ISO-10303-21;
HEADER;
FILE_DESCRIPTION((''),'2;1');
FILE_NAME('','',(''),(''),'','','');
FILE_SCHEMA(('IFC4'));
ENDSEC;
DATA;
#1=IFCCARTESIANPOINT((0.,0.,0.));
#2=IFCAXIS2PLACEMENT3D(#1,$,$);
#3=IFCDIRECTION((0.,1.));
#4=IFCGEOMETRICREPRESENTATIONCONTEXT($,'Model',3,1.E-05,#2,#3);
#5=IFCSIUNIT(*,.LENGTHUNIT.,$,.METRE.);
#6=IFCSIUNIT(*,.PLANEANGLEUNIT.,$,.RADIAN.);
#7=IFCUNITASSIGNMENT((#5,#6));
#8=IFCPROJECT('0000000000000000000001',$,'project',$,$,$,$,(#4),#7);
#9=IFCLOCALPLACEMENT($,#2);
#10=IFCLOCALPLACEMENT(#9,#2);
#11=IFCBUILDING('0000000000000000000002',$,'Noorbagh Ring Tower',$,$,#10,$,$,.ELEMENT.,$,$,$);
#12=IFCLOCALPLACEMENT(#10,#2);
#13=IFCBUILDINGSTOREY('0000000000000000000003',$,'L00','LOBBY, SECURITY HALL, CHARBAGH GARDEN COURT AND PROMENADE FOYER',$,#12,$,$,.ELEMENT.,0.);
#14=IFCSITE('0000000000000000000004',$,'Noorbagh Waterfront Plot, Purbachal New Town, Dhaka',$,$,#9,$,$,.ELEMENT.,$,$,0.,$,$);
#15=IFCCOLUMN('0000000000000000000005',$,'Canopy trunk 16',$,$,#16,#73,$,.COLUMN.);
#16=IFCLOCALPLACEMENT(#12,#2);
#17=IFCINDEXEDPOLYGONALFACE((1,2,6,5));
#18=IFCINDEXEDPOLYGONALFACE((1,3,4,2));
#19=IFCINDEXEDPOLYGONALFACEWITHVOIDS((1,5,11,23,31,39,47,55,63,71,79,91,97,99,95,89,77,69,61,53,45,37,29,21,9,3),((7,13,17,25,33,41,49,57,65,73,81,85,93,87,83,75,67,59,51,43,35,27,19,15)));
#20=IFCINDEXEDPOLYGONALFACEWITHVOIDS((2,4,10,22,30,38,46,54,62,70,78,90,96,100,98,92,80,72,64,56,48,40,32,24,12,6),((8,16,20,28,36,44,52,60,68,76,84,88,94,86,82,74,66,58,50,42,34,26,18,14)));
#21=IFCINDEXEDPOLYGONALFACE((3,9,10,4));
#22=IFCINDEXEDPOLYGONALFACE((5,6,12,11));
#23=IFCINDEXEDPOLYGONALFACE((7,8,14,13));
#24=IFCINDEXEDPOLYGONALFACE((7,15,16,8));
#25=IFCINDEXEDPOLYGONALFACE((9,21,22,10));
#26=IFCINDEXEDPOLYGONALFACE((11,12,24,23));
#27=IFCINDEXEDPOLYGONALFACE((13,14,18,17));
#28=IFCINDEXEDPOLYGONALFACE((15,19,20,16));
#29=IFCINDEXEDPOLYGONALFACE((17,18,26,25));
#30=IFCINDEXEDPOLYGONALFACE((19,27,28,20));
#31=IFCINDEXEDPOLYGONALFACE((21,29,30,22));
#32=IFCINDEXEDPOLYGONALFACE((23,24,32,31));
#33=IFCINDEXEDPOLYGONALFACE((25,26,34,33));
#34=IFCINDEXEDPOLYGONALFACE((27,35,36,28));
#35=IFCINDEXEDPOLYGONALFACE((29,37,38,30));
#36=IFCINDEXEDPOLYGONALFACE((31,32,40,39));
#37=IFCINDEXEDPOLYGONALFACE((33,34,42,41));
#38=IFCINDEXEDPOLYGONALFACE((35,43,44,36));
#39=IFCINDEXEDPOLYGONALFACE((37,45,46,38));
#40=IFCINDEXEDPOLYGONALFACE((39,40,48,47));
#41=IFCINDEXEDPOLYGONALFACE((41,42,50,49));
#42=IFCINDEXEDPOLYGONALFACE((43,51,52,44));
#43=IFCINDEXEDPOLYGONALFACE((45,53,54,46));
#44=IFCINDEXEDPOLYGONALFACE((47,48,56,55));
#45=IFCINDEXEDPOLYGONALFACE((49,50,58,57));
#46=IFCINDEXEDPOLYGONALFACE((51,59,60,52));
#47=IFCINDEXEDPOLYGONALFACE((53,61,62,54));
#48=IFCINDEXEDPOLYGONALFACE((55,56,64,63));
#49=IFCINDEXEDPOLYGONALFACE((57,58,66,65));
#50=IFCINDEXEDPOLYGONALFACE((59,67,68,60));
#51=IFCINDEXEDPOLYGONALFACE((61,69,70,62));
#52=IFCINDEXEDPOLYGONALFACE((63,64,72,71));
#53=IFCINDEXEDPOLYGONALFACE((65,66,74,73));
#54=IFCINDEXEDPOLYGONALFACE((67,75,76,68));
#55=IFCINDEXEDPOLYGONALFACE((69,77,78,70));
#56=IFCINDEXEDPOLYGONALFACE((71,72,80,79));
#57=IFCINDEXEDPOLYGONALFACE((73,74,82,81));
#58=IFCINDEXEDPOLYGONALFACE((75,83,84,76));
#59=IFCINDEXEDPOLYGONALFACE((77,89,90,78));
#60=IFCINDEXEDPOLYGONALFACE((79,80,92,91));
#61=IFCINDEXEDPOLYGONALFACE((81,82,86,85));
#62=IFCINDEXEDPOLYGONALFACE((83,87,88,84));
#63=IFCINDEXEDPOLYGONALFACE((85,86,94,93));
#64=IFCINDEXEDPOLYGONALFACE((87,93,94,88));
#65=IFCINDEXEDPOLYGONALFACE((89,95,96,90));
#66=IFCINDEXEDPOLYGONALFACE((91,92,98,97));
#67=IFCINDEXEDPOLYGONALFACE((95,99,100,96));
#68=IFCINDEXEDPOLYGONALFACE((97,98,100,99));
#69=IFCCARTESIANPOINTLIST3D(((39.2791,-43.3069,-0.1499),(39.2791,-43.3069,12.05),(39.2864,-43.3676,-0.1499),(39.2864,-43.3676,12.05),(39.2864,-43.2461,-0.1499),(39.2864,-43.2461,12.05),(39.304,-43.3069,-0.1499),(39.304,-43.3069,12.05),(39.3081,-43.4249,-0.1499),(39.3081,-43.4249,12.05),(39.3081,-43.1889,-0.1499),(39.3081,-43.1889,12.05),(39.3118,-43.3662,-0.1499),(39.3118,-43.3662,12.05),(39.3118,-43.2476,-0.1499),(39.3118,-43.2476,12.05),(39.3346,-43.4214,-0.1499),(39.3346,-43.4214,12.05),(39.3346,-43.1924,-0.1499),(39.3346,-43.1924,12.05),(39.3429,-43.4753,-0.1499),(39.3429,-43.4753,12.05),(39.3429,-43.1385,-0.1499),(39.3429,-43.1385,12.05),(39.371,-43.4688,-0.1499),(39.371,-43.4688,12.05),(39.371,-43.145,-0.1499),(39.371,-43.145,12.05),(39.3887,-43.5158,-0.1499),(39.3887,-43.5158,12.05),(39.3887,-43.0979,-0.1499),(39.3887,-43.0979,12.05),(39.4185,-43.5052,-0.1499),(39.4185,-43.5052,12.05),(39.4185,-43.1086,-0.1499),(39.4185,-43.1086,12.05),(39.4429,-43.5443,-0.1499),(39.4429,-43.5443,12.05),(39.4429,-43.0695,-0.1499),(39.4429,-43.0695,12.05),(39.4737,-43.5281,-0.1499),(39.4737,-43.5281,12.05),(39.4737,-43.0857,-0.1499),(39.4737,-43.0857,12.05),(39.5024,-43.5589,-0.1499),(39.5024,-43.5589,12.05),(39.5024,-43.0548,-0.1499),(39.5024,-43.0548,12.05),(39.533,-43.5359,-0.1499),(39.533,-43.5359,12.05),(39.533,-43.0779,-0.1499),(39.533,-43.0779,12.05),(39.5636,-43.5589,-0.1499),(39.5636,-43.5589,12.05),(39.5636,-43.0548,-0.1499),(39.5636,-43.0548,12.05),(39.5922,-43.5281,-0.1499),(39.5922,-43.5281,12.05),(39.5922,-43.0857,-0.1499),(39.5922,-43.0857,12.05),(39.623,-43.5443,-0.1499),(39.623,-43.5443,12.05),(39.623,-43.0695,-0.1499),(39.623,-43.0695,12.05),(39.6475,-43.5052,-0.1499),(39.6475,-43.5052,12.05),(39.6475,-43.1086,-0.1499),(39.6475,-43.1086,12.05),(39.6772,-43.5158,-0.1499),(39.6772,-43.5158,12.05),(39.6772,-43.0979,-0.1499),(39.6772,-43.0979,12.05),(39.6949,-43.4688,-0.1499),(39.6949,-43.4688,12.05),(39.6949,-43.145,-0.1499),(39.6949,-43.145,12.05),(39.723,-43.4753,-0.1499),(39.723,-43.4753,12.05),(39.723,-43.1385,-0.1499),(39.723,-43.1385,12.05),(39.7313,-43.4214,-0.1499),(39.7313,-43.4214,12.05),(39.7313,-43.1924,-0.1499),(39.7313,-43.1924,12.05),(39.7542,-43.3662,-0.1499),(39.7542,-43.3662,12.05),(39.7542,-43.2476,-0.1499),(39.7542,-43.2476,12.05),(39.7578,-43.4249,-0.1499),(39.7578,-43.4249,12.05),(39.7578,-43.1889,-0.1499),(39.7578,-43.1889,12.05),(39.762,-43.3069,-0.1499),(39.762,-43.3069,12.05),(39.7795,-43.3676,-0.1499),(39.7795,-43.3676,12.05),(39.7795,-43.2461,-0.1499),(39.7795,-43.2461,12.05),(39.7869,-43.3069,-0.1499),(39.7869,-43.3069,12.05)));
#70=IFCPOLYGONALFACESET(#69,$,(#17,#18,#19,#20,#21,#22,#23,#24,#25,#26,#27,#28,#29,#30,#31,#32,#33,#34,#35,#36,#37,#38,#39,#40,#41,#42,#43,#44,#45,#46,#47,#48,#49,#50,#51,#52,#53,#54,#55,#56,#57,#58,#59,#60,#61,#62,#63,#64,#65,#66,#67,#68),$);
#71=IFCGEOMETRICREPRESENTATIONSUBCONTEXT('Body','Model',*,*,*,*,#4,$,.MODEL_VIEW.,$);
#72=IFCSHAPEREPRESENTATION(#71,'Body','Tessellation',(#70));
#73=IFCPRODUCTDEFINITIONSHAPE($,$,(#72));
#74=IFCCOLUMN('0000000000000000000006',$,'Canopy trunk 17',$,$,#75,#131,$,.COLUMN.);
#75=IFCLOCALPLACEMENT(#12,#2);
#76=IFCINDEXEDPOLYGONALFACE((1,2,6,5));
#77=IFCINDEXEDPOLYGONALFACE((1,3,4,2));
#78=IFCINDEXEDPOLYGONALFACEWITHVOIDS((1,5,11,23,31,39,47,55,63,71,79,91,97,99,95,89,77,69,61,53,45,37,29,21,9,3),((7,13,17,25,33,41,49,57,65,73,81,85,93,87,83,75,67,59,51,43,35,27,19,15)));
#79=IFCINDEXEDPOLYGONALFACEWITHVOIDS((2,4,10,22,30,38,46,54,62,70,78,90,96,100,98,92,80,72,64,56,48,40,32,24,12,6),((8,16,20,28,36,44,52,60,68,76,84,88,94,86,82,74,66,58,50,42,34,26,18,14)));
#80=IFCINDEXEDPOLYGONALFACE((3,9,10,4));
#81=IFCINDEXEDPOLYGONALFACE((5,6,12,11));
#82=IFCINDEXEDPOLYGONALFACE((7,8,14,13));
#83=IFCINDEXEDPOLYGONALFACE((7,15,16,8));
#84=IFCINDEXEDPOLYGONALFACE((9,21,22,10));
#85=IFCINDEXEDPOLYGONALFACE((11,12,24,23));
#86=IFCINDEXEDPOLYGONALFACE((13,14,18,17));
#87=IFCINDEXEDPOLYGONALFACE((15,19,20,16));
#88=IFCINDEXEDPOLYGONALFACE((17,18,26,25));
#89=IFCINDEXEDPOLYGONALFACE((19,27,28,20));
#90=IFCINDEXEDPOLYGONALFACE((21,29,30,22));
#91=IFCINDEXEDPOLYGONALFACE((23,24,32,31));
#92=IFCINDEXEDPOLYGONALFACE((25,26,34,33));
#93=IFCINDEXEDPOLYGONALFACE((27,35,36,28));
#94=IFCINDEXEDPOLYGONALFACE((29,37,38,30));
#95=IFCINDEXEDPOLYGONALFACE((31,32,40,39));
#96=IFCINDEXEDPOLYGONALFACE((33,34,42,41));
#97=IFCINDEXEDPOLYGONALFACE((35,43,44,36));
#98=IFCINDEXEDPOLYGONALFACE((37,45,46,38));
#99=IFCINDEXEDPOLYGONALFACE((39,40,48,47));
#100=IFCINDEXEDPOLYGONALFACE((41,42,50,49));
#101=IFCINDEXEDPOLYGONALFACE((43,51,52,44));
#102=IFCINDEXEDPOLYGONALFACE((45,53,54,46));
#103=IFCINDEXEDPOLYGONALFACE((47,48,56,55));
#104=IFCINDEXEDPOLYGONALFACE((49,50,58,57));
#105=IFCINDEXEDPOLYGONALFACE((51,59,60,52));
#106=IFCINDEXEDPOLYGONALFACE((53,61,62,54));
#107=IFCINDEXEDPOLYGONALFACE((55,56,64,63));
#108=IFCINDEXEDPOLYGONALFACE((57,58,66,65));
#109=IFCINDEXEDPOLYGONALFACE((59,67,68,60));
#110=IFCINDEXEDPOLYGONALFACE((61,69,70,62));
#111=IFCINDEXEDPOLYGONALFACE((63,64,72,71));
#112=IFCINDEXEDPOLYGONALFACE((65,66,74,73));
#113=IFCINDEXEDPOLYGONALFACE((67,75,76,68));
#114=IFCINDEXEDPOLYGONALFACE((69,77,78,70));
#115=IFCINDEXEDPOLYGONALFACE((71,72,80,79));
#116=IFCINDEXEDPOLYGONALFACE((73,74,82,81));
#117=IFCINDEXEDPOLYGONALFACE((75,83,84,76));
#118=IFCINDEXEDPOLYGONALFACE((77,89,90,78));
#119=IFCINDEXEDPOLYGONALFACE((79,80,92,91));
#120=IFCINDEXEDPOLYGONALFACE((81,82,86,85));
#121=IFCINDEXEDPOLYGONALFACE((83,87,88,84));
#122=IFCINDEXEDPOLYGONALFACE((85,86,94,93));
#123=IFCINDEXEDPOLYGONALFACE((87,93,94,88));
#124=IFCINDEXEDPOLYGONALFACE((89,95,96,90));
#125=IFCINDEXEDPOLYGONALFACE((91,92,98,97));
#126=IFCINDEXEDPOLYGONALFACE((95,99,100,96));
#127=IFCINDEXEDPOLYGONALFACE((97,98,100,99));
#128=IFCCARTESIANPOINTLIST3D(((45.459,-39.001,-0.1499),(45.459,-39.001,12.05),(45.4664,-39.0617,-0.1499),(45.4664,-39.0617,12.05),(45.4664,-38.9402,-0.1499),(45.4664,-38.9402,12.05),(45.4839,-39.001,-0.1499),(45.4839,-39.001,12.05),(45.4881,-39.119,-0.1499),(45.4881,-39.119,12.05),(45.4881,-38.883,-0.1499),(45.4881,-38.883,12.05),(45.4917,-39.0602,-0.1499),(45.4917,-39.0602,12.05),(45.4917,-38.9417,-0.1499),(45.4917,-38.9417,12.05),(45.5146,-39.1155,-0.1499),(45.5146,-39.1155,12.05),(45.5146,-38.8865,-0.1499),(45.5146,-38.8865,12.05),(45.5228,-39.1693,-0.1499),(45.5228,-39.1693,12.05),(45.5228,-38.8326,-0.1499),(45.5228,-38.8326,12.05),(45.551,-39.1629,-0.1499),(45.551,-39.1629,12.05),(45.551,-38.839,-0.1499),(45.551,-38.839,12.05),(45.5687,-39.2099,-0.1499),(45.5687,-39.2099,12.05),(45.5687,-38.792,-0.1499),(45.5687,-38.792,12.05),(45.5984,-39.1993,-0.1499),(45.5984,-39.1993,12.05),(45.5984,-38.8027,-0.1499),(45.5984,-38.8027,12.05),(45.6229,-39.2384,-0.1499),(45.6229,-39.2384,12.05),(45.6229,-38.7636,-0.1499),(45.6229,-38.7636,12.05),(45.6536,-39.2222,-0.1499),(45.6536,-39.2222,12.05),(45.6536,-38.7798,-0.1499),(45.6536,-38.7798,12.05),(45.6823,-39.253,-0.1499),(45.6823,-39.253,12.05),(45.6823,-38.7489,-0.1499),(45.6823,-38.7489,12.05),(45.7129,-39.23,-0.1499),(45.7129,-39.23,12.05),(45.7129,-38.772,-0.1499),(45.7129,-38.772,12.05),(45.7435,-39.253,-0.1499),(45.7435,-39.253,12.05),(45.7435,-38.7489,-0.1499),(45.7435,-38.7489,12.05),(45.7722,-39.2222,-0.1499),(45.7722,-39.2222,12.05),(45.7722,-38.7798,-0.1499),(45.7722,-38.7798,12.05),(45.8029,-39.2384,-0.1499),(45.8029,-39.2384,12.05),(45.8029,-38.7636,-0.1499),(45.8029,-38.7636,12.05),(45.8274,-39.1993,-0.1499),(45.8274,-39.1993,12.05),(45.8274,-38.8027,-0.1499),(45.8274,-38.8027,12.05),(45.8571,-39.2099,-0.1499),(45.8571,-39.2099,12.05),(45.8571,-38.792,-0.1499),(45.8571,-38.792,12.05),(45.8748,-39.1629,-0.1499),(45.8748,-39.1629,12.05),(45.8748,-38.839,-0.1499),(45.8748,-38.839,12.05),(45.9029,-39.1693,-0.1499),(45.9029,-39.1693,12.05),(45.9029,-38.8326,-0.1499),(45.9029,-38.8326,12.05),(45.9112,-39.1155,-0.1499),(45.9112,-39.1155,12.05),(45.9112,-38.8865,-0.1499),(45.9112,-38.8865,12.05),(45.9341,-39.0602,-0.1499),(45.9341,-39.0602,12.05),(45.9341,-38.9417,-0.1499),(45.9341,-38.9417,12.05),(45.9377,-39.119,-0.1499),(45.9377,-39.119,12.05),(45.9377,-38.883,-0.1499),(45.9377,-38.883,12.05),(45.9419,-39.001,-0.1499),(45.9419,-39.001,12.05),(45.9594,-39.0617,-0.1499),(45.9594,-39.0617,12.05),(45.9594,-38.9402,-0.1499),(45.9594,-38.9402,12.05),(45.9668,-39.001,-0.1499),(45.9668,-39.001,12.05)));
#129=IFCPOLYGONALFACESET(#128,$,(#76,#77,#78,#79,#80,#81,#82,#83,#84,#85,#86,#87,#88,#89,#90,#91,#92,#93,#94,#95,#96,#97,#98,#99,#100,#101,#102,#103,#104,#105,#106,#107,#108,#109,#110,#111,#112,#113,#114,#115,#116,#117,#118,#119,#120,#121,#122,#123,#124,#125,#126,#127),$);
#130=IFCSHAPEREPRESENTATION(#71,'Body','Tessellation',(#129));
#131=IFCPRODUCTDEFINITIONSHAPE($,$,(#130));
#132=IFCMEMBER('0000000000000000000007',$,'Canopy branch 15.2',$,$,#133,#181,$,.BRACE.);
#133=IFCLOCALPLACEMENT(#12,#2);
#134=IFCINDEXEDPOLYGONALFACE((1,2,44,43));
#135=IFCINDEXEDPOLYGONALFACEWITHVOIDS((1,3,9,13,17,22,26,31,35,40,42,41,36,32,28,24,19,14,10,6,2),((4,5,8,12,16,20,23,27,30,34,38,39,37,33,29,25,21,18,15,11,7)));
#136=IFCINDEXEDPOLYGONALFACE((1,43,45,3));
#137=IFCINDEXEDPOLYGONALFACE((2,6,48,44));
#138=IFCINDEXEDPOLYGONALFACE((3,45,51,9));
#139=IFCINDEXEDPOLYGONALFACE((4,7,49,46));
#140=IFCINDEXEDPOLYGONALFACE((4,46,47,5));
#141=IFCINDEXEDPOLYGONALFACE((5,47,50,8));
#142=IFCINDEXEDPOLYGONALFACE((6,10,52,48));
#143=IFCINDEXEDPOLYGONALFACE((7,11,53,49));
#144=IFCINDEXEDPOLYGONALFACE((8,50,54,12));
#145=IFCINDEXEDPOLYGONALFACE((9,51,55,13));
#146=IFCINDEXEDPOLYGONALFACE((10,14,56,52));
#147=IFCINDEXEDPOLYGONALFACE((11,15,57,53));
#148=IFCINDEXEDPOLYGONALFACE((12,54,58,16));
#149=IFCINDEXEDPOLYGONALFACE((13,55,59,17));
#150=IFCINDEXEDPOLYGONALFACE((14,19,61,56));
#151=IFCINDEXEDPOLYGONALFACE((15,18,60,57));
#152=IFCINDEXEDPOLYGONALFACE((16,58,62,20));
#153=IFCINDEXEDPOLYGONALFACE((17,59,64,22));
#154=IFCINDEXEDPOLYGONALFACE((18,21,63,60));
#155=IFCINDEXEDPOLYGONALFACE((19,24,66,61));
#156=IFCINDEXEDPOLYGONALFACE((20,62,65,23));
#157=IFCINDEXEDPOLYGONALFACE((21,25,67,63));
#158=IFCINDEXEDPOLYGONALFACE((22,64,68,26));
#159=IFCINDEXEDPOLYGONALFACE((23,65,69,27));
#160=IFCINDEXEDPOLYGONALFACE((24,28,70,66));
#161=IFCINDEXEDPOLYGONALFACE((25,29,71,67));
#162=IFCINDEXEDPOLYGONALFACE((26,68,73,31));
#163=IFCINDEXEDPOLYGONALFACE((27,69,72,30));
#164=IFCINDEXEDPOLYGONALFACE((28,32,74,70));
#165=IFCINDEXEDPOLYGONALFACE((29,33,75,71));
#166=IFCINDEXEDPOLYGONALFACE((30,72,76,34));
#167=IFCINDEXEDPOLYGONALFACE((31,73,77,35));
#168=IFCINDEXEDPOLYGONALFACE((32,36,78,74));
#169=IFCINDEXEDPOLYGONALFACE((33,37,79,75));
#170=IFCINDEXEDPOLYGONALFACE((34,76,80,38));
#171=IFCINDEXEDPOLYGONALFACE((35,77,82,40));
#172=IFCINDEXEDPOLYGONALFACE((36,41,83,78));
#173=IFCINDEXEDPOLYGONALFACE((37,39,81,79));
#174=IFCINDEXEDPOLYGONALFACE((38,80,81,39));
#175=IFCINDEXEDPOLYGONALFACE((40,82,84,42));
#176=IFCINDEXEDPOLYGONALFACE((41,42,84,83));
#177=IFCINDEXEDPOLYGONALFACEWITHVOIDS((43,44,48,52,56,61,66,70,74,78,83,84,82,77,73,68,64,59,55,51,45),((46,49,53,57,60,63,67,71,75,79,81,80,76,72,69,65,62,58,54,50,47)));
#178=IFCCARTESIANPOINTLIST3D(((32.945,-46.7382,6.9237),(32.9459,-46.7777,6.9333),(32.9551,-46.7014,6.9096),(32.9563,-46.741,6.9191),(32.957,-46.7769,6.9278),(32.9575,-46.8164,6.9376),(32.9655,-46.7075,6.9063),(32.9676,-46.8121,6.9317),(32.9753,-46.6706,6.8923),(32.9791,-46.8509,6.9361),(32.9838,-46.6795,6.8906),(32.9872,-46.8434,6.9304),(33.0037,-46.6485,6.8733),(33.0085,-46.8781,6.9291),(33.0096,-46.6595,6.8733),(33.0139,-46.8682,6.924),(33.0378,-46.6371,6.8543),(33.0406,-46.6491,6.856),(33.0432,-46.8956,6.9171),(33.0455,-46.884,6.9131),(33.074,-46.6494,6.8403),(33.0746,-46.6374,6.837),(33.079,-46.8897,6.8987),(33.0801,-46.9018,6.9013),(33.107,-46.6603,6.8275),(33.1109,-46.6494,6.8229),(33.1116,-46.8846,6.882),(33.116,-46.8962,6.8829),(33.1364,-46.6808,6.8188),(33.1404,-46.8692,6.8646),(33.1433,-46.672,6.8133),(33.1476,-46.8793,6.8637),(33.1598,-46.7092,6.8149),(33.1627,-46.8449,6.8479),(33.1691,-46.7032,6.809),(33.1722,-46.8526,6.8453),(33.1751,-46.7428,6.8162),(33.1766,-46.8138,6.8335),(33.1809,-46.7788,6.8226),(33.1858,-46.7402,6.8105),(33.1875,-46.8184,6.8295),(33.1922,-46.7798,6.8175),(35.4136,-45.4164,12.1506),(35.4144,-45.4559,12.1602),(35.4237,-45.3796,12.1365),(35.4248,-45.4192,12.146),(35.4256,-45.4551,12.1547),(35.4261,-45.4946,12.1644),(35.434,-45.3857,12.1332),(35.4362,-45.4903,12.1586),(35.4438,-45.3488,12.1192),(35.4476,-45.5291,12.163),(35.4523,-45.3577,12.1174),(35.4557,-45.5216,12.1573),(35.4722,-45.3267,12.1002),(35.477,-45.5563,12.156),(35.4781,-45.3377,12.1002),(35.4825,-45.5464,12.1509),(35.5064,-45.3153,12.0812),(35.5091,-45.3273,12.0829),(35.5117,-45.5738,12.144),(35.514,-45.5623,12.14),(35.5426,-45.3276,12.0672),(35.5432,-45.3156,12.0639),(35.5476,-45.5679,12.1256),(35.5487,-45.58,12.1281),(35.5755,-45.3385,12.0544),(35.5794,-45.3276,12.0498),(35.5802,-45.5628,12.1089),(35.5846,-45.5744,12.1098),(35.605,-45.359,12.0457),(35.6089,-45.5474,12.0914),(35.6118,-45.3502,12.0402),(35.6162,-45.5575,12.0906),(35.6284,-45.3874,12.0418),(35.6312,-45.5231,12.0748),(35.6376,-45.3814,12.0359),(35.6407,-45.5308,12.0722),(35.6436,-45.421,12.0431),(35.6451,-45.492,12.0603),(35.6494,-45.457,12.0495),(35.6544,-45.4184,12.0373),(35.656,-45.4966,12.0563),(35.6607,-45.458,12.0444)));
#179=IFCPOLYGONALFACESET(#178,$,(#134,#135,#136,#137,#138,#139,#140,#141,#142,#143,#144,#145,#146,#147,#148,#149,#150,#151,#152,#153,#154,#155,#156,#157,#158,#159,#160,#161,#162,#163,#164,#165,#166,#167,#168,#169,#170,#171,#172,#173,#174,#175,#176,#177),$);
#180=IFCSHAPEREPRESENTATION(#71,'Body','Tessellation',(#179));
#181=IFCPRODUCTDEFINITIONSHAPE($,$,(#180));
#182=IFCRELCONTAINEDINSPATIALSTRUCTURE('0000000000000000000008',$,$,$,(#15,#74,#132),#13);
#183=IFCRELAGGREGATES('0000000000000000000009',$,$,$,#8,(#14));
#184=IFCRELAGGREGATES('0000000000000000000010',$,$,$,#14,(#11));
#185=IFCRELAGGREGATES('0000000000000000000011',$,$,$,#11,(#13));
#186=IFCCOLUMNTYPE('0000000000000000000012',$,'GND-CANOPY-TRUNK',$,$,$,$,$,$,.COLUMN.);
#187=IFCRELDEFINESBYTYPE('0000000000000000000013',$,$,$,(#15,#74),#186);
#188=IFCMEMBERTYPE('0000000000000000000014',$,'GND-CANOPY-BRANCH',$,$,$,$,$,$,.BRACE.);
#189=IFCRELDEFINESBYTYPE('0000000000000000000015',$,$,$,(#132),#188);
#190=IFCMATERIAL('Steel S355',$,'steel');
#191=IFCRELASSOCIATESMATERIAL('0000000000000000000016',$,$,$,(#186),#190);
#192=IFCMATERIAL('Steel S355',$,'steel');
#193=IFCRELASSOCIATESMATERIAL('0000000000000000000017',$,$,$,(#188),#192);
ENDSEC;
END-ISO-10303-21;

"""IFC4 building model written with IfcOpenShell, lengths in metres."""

from ifc_helpers import new_model, si_unit, direction, frame, origin, origin_2d, place, context, subcontext, project, spatial, hollow_circle, extrude, material, material_profile, profile_set, type_object, element, save


model = new_model("IFC4")

# Units and contexts
model_context = context("Model", 3, precision=1e-05, world=origin(), true_north=direction((0.0, 1.0)))
body_context = subcontext(model_context, "Body", "Model", "MODEL_VIEW")
ifc_project = project(units=[si_unit("LENGTHUNIT", "METRE"), si_unit("PLANEANGLEUNIT", "RADIAN")], contexts=[model_context])

# Site, building, storey
site_placement = place(None, origin())
site = spatial("IfcSite", under=ifc_project, at=site_placement, Name="Noorbagh Waterfront Plot, Purbachal New Town, Dhaka", CompositionType="ELEMENT", RefElevation=0.0)
building_placement = place(site_placement, origin())
building = spatial("IfcBuilding", under=site, at=building_placement, Name="Noorbagh Ring Tower", CompositionType="ELEMENT")
storey_placement = place(building_placement, origin())
storey = spatial("IfcBuildingStorey", under=building, at=storey_placement, Name="L00", Description="LOBBY, SECURITY HALL, CHARBAGH GARDEN COURT AND PROMENADE FOYER", CompositionType="ELEMENT", Elevation=0.0)

# Columns
ifc_material_1 = material(Name="Steel S355", Category="steel")
ifc_material_profile_1 = material_profile(ifc_material_1, hollow_circle(Radius=0.2539, WallThickness=0.0249, at=origin_2d()), Name="CHS508x25")
ifc_profile_set_1 = profile_set([ifc_material_profile_1], Name="Steel S355")
column_type = type_object("IfcColumnType", Name="GND-CANOPY-TRUNK", PredefinedType="COLUMN", material=ifc_profile_set_1)
for number, where, z_axis, x_axis, name in (
    (1, (39.533, -43.3069, -0.1499), (0.0, 0.0, 1.0), (1.0, 0.0, 0.0), "Canopy trunk 16"),
    (2, (45.7129, -39.001, -0.1499), (0.0, 0.0, 1.0), (1.0, 0.0, 0.0), "Canopy trunk 17"),
):
    element("IfcColumn", number, at=place(storey_placement, frame(where, z_axis=z_axis, x_axis=x_axis)), inside=storey, type_object=column_type, Name=name, PredefinedType="COLUMN", context=body_context, shape_type="SweptSolid", body=[
        extrude(hollow_circle(Radius=0.2539, WallThickness=0.0249, at=origin_2d()), origin(), (0.0, 0.0, 1.0), 12.2),
    ])

# Member
ifc_material_2 = material(Name="Steel S355", Category="steel")
ifc_material_profile_2 = material_profile(ifc_material_2, hollow_circle(Radius=0.1365, WallThickness=0.0125, at=origin_2d()), Name="CHS273x12.5")
ifc_profile_set_2 = profile_set([ifc_material_profile_2], Name="Steel S355")
member_type = type_object("IfcMemberType", Name="GND-CANOPY-BRANCH", PredefinedType="BRACE", material=ifc_profile_set_2)
for number, where, z_axis, x_axis, name in (
    (3, (33.0681, -46.7688, 6.8733), (0.416302, 0.222912, 0.881478), (-0.472045, 0.881575, 0.0), "Canopy branch 15.2"),
):
    element("IfcMember", number, at=place(storey_placement, frame(where, z_axis=z_axis, x_axis=x_axis)), inside=storey, type_object=member_type, Name=name, PredefinedType="BRACE", context=body_context, shape_type="SweptSolid", body=[
        extrude(hollow_circle(Radius=0.1365, WallThickness=0.0125, at=origin_2d()), origin(), (0.0, 0.0, 1.0), 5.9297),
    ])

save(model, "model.ifc")
